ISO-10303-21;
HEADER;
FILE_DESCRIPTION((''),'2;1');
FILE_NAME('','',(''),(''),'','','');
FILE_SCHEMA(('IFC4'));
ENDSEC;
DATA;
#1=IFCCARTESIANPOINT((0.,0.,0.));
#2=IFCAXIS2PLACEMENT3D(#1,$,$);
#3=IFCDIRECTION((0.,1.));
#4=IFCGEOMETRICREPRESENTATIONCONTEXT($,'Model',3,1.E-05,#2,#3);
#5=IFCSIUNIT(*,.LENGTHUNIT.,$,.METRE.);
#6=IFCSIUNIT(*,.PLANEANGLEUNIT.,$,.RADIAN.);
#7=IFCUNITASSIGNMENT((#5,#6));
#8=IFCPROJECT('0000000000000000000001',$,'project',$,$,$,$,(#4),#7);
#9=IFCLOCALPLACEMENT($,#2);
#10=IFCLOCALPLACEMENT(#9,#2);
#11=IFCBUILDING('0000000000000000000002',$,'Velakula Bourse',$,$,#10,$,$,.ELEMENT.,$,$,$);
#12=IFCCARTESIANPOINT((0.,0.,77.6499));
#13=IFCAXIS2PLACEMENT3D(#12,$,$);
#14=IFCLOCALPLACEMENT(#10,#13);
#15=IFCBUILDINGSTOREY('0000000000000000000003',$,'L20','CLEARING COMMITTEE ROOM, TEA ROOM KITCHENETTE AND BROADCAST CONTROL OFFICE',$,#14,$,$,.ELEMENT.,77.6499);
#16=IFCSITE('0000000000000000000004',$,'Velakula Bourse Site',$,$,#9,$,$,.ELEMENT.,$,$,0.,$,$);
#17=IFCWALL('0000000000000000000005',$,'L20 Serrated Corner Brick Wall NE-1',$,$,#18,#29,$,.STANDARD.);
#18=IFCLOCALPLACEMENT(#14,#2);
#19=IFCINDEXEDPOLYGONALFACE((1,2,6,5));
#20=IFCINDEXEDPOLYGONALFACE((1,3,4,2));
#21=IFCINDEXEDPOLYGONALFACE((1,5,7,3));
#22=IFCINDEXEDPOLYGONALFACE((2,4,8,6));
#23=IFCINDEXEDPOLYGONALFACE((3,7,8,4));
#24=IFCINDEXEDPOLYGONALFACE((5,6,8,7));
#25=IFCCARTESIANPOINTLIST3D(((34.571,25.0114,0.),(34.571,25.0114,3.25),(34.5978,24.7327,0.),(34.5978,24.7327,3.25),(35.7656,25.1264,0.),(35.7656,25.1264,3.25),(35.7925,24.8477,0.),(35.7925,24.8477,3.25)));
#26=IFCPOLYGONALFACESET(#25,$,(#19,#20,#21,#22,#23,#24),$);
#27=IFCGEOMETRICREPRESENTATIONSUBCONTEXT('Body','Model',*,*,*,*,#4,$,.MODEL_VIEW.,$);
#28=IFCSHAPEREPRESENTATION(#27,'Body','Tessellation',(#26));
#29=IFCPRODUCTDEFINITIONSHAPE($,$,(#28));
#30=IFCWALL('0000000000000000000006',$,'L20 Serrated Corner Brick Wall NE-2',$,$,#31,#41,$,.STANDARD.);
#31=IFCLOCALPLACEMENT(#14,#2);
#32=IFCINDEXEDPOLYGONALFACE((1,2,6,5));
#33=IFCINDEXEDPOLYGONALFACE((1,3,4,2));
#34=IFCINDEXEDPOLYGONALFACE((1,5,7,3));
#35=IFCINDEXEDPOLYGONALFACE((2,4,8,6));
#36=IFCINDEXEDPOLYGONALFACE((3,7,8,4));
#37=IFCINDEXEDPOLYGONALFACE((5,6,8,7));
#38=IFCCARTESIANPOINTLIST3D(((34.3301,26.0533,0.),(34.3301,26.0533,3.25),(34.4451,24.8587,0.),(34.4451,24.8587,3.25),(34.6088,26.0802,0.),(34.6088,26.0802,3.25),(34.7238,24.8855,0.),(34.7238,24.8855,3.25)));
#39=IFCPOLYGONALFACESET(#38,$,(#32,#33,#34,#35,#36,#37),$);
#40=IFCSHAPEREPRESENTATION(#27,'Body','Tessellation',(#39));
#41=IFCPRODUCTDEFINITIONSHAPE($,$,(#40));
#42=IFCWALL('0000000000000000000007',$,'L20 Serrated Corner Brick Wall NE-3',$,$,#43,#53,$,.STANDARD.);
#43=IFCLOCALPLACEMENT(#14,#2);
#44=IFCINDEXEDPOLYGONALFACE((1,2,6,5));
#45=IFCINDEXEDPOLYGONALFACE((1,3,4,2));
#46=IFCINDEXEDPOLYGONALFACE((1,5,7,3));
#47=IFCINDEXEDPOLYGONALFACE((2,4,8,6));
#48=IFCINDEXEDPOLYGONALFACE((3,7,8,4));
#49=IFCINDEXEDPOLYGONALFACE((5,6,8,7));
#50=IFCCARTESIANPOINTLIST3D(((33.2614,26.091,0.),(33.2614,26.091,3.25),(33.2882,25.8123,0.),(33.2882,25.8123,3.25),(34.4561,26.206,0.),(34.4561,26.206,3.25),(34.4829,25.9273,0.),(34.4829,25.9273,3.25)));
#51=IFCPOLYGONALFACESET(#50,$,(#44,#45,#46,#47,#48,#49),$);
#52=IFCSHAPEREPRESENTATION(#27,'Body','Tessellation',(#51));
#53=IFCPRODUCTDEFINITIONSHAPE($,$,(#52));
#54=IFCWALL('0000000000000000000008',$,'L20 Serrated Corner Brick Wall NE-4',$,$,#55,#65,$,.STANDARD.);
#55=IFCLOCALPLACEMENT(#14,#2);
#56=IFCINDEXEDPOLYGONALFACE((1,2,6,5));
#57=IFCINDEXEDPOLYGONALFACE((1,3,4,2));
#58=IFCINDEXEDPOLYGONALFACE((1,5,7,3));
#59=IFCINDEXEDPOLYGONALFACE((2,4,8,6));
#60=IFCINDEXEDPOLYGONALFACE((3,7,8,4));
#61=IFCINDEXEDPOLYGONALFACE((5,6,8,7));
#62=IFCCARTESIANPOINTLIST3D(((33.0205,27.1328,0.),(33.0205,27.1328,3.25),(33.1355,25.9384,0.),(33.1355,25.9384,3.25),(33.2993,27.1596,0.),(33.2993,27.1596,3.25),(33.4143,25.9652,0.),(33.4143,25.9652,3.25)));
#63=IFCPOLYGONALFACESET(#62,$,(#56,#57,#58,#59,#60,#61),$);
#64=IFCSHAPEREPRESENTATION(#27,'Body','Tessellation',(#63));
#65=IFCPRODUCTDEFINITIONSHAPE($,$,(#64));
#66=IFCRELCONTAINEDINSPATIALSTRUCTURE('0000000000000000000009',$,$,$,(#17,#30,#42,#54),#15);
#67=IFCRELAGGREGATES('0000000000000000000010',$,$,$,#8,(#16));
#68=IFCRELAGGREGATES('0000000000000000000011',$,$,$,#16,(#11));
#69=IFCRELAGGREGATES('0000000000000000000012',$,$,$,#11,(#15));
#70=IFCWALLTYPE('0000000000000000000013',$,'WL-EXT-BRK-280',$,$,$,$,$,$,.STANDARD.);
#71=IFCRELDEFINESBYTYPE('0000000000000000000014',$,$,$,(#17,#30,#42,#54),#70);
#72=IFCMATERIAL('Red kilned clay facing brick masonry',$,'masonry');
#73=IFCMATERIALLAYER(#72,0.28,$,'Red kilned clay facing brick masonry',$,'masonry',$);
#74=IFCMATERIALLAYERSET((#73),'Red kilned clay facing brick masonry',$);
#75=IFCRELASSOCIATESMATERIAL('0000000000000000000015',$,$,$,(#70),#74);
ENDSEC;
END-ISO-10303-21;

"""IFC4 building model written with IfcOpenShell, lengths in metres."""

from ifc_helpers import new_model, si_unit, direction, frame, frame_2d, origin, place, context, subcontext, project, spatial, rectangle, extrude, material, layer, layer_set, type_object, element, save


model = new_model("IFC4")

# Units and contexts
model_context = context("Model", 3, precision=1e-05, world=origin(), true_north=direction((0.0, 1.0)))
body_context = subcontext(model_context, "Body", "Model", "MODEL_VIEW")
ifc_project = project(units=[si_unit("LENGTHUNIT", "METRE"), si_unit("PLANEANGLEUNIT", "RADIAN")], contexts=[model_context])

# Site, building, storey
site_placement = place(None, origin())
site = spatial("IfcSite", under=ifc_project, at=site_placement, Name="Velakula Bourse Site", CompositionType="ELEMENT", RefElevation=0.0)
building_placement = place(site_placement, origin())
building = spatial("IfcBuilding", under=site, at=building_placement, Name="Velakula Bourse", CompositionType="ELEMENT")
storey_placement = place(building_placement, frame((0.0, 0.0, 77.6499)))
storey = spatial("IfcBuildingStorey", under=building, at=storey_placement, Name="L20", Description="CLEARING COMMITTEE ROOM, TEA ROOM KITCHENETTE AND BROADCAST CONTROL OFFICE", CompositionType="ELEMENT", Elevation=77.6499)

# Shared definitions
ifc_material_1 = material(Name="Red kilned clay facing brick masonry", Category="masonry")
ifc_layer = layer(ifc_material_1, 0.28, Name="Red kilned clay facing brick masonry", Category="masonry")
ifc_layer_set = layer_set([ifc_layer], Name="Red kilned clay facing brick masonry")
wall_type = type_object("IfcWallType", Name="WL-EXT-BRK-280", PredefinedType="STANDARD", material=ifc_layer_set)

# Walls
for number, where, z_axis, x_axis, name in (
    (1, (35.7791, 24.9871, 0.0), (0.0, 0.0, 1.0), (-0.995399, -0.095817, 0.0), "L20 Serrated Corner Brick Wall NE-1"),
    (2, (34.5845, 24.8721, 0.0), (0.0, 0.0, 1.0), (-0.095817, 0.995399, 0.0), "L20 Serrated Corner Brick Wall NE-2"),
    (3, (34.4695, 26.0667, 0.0), (0.0, 0.0, 1.0), (-0.995399, -0.095817, 0.0), "L20 Serrated Corner Brick Wall NE-3"),
):
    element("IfcWall", number, at=place(storey_placement, frame(where, z_axis=z_axis, x_axis=x_axis)), inside=storey, type_object=wall_type, Name=name, PredefinedType="STANDARD", context=body_context, shape_type="SweptSolid", body=[
        extrude(rectangle(XDim=1.2002, YDim=0.28, at=frame_2d((0.6001, 0.0))), origin(), (0.0, 0.0, 1.0), 3.25),
    ])
wall_1_placement = place(storey_placement, frame((33.2749, 25.9517, 0.0), z_axis=(0.0, 0.0, 1.0), x_axis=(-0.095836, 0.995397, 0.0)))
element("IfcWall", 4, at=wall_1_placement, inside=storey, type_object=wall_type, Name="L20 Serrated Corner Brick Wall NE-4", PredefinedType="STANDARD", context=body_context, shape_type="SweptSolid", body=[
    extrude(rectangle(XDim=1.2, YDim=0.28, at=frame_2d((0.6001, 0.0))), origin(), (0.0, 0.0, 1.0), 3.25),
])

save(model, "model.ifc")
